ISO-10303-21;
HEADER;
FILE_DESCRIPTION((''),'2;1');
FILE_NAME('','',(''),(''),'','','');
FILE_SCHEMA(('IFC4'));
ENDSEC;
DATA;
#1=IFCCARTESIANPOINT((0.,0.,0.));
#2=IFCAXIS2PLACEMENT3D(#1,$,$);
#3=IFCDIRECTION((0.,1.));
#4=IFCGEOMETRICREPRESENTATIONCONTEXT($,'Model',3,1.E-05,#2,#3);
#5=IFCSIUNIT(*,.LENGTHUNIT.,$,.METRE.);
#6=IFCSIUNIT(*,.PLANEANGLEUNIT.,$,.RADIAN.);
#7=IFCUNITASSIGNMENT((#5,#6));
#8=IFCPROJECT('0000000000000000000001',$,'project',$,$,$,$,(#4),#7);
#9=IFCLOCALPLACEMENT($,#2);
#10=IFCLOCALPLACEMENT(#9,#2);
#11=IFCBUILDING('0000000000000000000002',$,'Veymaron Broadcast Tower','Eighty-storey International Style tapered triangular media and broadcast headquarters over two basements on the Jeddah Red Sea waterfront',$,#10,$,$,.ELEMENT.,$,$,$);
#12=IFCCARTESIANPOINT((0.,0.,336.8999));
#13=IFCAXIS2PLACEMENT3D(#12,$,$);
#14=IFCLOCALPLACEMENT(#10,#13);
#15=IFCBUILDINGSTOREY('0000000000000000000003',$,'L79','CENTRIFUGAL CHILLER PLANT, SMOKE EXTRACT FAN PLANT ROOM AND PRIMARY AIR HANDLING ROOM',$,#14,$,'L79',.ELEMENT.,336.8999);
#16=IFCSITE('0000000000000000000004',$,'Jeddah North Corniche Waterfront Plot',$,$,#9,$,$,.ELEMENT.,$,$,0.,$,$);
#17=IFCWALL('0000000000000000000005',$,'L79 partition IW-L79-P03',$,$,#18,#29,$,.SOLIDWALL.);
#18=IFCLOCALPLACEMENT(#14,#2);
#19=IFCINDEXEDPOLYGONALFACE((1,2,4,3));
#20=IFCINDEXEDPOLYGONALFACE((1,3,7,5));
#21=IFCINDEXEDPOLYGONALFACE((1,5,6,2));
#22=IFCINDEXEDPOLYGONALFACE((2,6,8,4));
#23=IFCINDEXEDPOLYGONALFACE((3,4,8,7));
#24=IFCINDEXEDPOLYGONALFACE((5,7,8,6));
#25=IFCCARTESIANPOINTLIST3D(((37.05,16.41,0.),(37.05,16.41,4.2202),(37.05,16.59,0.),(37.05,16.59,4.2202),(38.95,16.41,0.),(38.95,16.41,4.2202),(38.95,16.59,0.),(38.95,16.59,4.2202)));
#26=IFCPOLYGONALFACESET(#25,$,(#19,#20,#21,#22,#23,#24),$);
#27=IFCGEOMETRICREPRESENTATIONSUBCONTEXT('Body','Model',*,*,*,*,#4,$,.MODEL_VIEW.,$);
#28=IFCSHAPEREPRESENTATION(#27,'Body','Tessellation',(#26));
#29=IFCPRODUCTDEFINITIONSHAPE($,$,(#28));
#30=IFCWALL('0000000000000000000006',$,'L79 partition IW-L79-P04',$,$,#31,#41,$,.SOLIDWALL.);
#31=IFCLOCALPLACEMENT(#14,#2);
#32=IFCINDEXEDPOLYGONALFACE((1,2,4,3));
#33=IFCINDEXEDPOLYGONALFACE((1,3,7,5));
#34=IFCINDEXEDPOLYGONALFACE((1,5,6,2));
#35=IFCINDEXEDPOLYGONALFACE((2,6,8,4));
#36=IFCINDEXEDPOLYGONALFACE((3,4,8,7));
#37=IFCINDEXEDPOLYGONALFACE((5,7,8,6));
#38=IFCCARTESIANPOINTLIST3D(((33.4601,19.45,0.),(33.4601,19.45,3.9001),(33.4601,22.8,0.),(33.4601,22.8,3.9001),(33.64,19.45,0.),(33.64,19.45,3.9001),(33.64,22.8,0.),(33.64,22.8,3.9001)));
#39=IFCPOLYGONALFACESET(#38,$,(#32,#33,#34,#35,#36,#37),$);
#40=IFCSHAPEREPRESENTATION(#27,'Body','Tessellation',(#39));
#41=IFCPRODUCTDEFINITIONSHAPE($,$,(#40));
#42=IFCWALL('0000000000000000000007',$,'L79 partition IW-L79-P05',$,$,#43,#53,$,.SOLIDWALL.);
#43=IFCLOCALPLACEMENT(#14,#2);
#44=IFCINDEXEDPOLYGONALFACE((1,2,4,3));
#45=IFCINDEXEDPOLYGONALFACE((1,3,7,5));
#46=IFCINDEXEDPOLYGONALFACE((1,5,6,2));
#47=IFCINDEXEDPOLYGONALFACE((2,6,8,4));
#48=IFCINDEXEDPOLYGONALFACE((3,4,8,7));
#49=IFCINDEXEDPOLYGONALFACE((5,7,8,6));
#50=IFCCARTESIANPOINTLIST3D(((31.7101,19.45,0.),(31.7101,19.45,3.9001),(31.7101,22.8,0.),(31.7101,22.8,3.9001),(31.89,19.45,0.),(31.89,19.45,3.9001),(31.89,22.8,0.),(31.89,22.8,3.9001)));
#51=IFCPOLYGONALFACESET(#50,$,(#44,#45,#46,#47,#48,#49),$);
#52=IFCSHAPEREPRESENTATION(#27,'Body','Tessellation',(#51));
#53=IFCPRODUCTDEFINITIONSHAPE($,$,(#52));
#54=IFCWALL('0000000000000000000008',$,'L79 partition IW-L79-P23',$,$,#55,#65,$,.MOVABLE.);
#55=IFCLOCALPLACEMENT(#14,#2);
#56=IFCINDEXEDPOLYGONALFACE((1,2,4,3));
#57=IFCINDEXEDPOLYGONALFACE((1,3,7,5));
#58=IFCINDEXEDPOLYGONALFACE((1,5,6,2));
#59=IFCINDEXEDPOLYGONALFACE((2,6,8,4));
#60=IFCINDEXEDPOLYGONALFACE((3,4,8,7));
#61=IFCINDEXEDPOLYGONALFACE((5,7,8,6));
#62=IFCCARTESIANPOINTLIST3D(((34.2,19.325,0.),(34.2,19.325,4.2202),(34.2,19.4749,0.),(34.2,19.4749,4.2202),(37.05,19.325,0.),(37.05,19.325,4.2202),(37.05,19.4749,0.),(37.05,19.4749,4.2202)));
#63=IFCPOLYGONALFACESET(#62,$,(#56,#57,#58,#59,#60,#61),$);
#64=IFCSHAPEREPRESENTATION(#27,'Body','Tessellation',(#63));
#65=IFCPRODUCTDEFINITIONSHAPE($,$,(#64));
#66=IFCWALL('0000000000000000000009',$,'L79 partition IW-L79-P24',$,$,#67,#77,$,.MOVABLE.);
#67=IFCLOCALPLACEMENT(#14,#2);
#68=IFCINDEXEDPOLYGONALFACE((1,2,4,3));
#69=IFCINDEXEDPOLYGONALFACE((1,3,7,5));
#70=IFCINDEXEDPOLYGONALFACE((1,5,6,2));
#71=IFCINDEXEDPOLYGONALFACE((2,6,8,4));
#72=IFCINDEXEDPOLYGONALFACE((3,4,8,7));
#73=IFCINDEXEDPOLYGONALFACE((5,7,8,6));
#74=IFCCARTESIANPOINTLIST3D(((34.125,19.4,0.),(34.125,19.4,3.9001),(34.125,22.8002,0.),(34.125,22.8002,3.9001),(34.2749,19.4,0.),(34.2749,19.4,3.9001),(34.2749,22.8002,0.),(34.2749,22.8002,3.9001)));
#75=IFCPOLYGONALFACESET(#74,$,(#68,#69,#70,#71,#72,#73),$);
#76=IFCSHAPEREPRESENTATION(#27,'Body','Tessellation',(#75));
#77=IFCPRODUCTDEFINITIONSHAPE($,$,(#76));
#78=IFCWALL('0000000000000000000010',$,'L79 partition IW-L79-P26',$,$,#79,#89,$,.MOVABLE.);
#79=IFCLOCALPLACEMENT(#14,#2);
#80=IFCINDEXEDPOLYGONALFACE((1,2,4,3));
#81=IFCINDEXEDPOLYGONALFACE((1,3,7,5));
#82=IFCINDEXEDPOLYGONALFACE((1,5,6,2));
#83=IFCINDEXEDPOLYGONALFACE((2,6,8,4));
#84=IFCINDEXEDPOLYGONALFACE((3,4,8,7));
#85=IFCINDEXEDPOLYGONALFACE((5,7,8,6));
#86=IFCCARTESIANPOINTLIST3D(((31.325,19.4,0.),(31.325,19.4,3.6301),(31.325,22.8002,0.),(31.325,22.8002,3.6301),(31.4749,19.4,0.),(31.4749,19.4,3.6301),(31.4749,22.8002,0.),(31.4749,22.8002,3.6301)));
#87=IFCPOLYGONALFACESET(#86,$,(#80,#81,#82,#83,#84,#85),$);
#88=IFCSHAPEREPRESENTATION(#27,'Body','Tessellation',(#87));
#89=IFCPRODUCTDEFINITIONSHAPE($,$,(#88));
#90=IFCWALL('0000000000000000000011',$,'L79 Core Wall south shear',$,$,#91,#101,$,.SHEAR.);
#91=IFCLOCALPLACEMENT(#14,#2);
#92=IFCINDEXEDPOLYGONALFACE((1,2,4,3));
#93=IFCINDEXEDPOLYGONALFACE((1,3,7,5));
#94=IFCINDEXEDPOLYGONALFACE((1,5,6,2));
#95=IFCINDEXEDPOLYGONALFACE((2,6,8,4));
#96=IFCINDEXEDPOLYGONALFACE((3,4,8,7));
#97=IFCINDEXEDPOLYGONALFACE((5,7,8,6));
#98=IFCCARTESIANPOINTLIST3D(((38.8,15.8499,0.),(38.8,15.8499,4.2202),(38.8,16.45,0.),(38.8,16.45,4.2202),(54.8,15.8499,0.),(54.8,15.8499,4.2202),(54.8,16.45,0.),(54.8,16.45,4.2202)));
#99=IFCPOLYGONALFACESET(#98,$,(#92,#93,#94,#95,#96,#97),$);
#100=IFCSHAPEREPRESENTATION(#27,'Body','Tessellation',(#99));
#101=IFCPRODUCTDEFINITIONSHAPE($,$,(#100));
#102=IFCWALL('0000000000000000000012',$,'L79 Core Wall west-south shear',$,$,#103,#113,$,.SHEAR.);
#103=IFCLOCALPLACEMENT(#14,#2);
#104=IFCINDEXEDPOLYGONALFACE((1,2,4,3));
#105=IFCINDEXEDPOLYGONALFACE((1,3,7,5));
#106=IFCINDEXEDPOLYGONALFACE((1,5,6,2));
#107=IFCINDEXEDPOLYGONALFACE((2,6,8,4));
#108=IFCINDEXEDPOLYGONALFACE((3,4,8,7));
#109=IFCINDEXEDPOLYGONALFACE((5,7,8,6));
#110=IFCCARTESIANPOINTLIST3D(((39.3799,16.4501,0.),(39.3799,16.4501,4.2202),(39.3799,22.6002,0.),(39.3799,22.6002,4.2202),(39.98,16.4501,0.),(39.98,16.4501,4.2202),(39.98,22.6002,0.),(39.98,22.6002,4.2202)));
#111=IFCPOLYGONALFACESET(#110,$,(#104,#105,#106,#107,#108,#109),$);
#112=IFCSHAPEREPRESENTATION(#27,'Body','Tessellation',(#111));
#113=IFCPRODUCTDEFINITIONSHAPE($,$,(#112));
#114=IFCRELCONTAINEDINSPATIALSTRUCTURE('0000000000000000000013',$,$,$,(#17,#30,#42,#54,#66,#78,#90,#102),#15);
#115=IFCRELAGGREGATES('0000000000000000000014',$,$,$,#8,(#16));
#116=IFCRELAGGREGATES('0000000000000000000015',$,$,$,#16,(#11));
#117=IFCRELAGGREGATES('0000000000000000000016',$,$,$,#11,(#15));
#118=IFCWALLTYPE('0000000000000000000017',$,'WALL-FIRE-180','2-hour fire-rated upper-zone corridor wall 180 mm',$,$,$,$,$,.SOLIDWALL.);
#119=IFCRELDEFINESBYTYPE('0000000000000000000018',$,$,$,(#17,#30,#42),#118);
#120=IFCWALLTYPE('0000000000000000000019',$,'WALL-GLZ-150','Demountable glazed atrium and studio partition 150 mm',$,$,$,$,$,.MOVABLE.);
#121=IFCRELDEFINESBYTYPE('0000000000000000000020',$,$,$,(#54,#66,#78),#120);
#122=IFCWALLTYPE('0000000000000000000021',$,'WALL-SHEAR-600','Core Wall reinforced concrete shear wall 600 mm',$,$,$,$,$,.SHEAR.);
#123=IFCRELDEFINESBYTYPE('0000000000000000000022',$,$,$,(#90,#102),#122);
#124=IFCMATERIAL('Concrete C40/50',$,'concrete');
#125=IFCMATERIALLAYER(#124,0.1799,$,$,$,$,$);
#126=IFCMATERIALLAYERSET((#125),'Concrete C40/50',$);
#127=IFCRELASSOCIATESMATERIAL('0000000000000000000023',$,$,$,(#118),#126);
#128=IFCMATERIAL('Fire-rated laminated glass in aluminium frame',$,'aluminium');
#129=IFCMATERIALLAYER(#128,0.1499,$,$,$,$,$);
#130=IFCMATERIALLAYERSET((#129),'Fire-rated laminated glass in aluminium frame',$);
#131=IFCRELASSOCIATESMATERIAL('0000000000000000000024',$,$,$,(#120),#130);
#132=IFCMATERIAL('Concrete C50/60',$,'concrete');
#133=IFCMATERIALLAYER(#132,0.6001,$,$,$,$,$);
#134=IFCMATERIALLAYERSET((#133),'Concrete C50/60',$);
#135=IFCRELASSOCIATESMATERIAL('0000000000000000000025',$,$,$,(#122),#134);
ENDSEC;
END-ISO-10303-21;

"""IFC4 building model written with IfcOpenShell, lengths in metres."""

from ifc_helpers import new_model, si_unit, direction, frame, frame_2d, origin, place, context, subcontext, project, spatial, rectangle, extrude, material, layer, layer_set, type_object, element, save


model = new_model("IFC4")

# Units and contexts
model_context = context("Model", 3, precision=1e-05, world=origin(), true_north=direction((0.0, 1.0)))
body_context = subcontext(model_context, "Body", "Model", "MODEL_VIEW")
ifc_project = project(units=[si_unit("LENGTHUNIT", "METRE"), si_unit("PLANEANGLEUNIT", "RADIAN")], contexts=[model_context])

# Site, building, storey
site_placement = place(None, origin())
site = spatial("IfcSite", under=ifc_project, at=site_placement, Name="Jeddah North Corniche Waterfront Plot", CompositionType="ELEMENT", RefElevation=0.0)
building_placement = place(site_placement, origin())
building = spatial("IfcBuilding", under=site, at=building_placement, Name="Veymaron Broadcast Tower", Description="Eighty-storey International Style tapered triangular media and broadcast headquarters over two basements on the Jeddah Red Sea waterfront", CompositionType="ELEMENT")
storey_placement = place(building_placement, frame((0.0, 0.0, 336.8999)))
storey = spatial("IfcBuildingStorey", under=building, at=storey_placement, Name="L79", Description="CENTRIFUGAL CHILLER PLANT, SMOKE EXTRACT FAN PLANT ROOM AND PRIMARY AIR HANDLING ROOM", LongName="L79", CompositionType="ELEMENT", Elevation=336.8999)

# Shared definitions
ifc_material_1 = material(Name="Concrete C40/50", Category="concrete")
ifc_layer_1 = layer(ifc_material_1, 0.1799)
ifc_layer_set_1 = layer_set([ifc_layer_1], Name="Concrete C40/50")
wall_type_1 = type_object("IfcWallType", Name="WALL-FIRE-180", Description="2-hour fire-rated upper-zone corridor wall 180 mm", PredefinedType="SOLIDWALL", material=ifc_layer_set_1)

# Walls
wall_1_placement = place(storey_placement, frame((37.05, 16.5, 0.0), z_axis=(0.0, 0.0, 1.0), x_axis=(1.0, 0.0, 0.0)))
element("IfcWall", 1, at=wall_1_placement, inside=storey, type_object=wall_type_1, Name="L79 partition IW-L79-P03", PredefinedType="SOLIDWALL", context=body_context, shape_type="SweptSolid", body=[
    extrude(rectangle(XDim=1.8999, YDim=0.1799, at=frame_2d((0.95, 0.0))), origin(), (0.0, 0.0, 1.0), 4.2202),
])
for number, where, z_axis, x_axis, name in (
    (2, (33.55, 19.45, 0.0), (0.0, 0.0, 1.0), (0.0, 1.0, 0.0), "L79 partition IW-L79-P04"),
    (3, (31.8, 19.45, 0.0), (0.0, 0.0, 1.0), (0.0, 1.0, 0.0), "L79 partition IW-L79-P05"),
):
    element("IfcWall", number, at=place(storey_placement, frame(where, z_axis=z_axis, x_axis=x_axis)), inside=storey, type_object=wall_type_1, Name=name, PredefinedType="SOLIDWALL", context=body_context, shape_type="SweptSolid", body=[
        extrude(rectangle(XDim=3.3501, YDim=0.1799, at=frame_2d((1.675, 0.0))), origin(), (0.0, 0.0, 1.0), 3.9001),
    ])
ifc_material_2 = material(Name="Fire-rated laminated glass in aluminium frame", Category="aluminium")
ifc_layer_2 = layer(ifc_material_2, 0.1499)
ifc_layer_set_2 = layer_set([ifc_layer_2], Name="Fire-rated laminated glass in aluminium frame")
wall_type_2 = type_object("IfcWallType", Name="WALL-GLZ-150", Description="Demountable glazed atrium and studio partition 150 mm", PredefinedType="MOVABLE", material=ifc_layer_set_2)
wall_2_placement = place(storey_placement, frame((34.2, 19.3999, 0.0), z_axis=(0.0, 0.0, 1.0), x_axis=(1.0, 0.0, 0.0)))
element("IfcWall", 4, at=wall_2_placement, inside=storey, type_object=wall_type_2, Name="L79 partition IW-L79-P23", PredefinedType="MOVABLE", context=body_context, shape_type="SweptSolid", body=[
    extrude(rectangle(XDim=2.8501, YDim=0.1499, at=frame_2d((1.425, 0.0))), origin(), (0.0, 0.0, 1.0), 4.2202),
])
wall_3_placement = place(storey_placement, frame((34.2, 19.3999, 0.0), z_axis=(0.0, 0.0, 1.0), x_axis=(0.0, 1.0, 0.0)))
element("IfcWall", 5, at=wall_3_placement, inside=storey, type_object=wall_type_2, Name="L79 partition IW-L79-P24", PredefinedType="MOVABLE", context=body_context, shape_type="SweptSolid", body=[
    extrude(rectangle(XDim=3.4001, YDim=0.1499, at=frame_2d((1.7002, 0.0))), origin(), (0.0, 0.0, 1.0), 3.9001),
])
wall_4_placement = place(storey_placement, frame((31.3999, 19.3999, 0.0), z_axis=(0.0, 0.0, 1.0), x_axis=(0.0, 1.0, 0.0)))
element("IfcWall", 6, at=wall_4_placement, inside=storey, type_object=wall_type_2, Name="L79 partition IW-L79-P26", PredefinedType="MOVABLE", context=body_context, shape_type="SweptSolid", body=[
    extrude(rectangle(XDim=3.4001, YDim=0.1499, at=frame_2d((1.7002, 0.0))), origin(), (0.0, 0.0, 1.0), 3.6301),
])

# Shared definitions
ifc_material_3 = material(Name="Concrete C50/60", Category="concrete")

# Walls
ifc_layer_3 = layer(ifc_material_3, 0.6001)
ifc_layer_set_3 = layer_set([ifc_layer_3], Name="Concrete C50/60")
wall_type_3 = type_object("IfcWallType", Name="WALL-SHEAR-600", Description="Core Wall reinforced concrete shear wall 600 mm", PredefinedType="SHEAR", material=ifc_layer_set_3)
wall_5_placement = place(storey_placement, frame((38.8, 16.1499, 0.0), z_axis=(0.0, 0.0, 1.0), x_axis=(1.0, 0.0, 0.0)))
element("IfcWall", 7, at=wall_5_placement, inside=storey, type_object=wall_type_3, Name="L79 Core Wall south shear", PredefinedType="SHEAR", context=body_context, shape_type="SweptSolid", body=[
    extrude(rectangle(XDim=16.0, YDim=0.6001, at=frame_2d((8.0, 0.0))), origin(), (0.0, 0.0, 1.0), 4.2202),
])
wall_6_placement = place(storey_placement, frame((39.6799, 16.45, 0.0), z_axis=(0.0, 0.0, 1.0), x_axis=(0.0, 1.0, 0.0)))
element("IfcWall", 8, at=wall_6_placement, inside=storey, type_object=wall_type_3, Name="L79 Core Wall west-south shear", PredefinedType="SHEAR", context=body_context, shape_type="SweptSolid", body=[
    extrude(rectangle(XDim=6.1501, YDim=0.6001, at=frame_2d((3.0752, 0.0))), origin(), (0.0, 0.0, 1.0), 4.2202),
])

save(model, "model.ifc")
